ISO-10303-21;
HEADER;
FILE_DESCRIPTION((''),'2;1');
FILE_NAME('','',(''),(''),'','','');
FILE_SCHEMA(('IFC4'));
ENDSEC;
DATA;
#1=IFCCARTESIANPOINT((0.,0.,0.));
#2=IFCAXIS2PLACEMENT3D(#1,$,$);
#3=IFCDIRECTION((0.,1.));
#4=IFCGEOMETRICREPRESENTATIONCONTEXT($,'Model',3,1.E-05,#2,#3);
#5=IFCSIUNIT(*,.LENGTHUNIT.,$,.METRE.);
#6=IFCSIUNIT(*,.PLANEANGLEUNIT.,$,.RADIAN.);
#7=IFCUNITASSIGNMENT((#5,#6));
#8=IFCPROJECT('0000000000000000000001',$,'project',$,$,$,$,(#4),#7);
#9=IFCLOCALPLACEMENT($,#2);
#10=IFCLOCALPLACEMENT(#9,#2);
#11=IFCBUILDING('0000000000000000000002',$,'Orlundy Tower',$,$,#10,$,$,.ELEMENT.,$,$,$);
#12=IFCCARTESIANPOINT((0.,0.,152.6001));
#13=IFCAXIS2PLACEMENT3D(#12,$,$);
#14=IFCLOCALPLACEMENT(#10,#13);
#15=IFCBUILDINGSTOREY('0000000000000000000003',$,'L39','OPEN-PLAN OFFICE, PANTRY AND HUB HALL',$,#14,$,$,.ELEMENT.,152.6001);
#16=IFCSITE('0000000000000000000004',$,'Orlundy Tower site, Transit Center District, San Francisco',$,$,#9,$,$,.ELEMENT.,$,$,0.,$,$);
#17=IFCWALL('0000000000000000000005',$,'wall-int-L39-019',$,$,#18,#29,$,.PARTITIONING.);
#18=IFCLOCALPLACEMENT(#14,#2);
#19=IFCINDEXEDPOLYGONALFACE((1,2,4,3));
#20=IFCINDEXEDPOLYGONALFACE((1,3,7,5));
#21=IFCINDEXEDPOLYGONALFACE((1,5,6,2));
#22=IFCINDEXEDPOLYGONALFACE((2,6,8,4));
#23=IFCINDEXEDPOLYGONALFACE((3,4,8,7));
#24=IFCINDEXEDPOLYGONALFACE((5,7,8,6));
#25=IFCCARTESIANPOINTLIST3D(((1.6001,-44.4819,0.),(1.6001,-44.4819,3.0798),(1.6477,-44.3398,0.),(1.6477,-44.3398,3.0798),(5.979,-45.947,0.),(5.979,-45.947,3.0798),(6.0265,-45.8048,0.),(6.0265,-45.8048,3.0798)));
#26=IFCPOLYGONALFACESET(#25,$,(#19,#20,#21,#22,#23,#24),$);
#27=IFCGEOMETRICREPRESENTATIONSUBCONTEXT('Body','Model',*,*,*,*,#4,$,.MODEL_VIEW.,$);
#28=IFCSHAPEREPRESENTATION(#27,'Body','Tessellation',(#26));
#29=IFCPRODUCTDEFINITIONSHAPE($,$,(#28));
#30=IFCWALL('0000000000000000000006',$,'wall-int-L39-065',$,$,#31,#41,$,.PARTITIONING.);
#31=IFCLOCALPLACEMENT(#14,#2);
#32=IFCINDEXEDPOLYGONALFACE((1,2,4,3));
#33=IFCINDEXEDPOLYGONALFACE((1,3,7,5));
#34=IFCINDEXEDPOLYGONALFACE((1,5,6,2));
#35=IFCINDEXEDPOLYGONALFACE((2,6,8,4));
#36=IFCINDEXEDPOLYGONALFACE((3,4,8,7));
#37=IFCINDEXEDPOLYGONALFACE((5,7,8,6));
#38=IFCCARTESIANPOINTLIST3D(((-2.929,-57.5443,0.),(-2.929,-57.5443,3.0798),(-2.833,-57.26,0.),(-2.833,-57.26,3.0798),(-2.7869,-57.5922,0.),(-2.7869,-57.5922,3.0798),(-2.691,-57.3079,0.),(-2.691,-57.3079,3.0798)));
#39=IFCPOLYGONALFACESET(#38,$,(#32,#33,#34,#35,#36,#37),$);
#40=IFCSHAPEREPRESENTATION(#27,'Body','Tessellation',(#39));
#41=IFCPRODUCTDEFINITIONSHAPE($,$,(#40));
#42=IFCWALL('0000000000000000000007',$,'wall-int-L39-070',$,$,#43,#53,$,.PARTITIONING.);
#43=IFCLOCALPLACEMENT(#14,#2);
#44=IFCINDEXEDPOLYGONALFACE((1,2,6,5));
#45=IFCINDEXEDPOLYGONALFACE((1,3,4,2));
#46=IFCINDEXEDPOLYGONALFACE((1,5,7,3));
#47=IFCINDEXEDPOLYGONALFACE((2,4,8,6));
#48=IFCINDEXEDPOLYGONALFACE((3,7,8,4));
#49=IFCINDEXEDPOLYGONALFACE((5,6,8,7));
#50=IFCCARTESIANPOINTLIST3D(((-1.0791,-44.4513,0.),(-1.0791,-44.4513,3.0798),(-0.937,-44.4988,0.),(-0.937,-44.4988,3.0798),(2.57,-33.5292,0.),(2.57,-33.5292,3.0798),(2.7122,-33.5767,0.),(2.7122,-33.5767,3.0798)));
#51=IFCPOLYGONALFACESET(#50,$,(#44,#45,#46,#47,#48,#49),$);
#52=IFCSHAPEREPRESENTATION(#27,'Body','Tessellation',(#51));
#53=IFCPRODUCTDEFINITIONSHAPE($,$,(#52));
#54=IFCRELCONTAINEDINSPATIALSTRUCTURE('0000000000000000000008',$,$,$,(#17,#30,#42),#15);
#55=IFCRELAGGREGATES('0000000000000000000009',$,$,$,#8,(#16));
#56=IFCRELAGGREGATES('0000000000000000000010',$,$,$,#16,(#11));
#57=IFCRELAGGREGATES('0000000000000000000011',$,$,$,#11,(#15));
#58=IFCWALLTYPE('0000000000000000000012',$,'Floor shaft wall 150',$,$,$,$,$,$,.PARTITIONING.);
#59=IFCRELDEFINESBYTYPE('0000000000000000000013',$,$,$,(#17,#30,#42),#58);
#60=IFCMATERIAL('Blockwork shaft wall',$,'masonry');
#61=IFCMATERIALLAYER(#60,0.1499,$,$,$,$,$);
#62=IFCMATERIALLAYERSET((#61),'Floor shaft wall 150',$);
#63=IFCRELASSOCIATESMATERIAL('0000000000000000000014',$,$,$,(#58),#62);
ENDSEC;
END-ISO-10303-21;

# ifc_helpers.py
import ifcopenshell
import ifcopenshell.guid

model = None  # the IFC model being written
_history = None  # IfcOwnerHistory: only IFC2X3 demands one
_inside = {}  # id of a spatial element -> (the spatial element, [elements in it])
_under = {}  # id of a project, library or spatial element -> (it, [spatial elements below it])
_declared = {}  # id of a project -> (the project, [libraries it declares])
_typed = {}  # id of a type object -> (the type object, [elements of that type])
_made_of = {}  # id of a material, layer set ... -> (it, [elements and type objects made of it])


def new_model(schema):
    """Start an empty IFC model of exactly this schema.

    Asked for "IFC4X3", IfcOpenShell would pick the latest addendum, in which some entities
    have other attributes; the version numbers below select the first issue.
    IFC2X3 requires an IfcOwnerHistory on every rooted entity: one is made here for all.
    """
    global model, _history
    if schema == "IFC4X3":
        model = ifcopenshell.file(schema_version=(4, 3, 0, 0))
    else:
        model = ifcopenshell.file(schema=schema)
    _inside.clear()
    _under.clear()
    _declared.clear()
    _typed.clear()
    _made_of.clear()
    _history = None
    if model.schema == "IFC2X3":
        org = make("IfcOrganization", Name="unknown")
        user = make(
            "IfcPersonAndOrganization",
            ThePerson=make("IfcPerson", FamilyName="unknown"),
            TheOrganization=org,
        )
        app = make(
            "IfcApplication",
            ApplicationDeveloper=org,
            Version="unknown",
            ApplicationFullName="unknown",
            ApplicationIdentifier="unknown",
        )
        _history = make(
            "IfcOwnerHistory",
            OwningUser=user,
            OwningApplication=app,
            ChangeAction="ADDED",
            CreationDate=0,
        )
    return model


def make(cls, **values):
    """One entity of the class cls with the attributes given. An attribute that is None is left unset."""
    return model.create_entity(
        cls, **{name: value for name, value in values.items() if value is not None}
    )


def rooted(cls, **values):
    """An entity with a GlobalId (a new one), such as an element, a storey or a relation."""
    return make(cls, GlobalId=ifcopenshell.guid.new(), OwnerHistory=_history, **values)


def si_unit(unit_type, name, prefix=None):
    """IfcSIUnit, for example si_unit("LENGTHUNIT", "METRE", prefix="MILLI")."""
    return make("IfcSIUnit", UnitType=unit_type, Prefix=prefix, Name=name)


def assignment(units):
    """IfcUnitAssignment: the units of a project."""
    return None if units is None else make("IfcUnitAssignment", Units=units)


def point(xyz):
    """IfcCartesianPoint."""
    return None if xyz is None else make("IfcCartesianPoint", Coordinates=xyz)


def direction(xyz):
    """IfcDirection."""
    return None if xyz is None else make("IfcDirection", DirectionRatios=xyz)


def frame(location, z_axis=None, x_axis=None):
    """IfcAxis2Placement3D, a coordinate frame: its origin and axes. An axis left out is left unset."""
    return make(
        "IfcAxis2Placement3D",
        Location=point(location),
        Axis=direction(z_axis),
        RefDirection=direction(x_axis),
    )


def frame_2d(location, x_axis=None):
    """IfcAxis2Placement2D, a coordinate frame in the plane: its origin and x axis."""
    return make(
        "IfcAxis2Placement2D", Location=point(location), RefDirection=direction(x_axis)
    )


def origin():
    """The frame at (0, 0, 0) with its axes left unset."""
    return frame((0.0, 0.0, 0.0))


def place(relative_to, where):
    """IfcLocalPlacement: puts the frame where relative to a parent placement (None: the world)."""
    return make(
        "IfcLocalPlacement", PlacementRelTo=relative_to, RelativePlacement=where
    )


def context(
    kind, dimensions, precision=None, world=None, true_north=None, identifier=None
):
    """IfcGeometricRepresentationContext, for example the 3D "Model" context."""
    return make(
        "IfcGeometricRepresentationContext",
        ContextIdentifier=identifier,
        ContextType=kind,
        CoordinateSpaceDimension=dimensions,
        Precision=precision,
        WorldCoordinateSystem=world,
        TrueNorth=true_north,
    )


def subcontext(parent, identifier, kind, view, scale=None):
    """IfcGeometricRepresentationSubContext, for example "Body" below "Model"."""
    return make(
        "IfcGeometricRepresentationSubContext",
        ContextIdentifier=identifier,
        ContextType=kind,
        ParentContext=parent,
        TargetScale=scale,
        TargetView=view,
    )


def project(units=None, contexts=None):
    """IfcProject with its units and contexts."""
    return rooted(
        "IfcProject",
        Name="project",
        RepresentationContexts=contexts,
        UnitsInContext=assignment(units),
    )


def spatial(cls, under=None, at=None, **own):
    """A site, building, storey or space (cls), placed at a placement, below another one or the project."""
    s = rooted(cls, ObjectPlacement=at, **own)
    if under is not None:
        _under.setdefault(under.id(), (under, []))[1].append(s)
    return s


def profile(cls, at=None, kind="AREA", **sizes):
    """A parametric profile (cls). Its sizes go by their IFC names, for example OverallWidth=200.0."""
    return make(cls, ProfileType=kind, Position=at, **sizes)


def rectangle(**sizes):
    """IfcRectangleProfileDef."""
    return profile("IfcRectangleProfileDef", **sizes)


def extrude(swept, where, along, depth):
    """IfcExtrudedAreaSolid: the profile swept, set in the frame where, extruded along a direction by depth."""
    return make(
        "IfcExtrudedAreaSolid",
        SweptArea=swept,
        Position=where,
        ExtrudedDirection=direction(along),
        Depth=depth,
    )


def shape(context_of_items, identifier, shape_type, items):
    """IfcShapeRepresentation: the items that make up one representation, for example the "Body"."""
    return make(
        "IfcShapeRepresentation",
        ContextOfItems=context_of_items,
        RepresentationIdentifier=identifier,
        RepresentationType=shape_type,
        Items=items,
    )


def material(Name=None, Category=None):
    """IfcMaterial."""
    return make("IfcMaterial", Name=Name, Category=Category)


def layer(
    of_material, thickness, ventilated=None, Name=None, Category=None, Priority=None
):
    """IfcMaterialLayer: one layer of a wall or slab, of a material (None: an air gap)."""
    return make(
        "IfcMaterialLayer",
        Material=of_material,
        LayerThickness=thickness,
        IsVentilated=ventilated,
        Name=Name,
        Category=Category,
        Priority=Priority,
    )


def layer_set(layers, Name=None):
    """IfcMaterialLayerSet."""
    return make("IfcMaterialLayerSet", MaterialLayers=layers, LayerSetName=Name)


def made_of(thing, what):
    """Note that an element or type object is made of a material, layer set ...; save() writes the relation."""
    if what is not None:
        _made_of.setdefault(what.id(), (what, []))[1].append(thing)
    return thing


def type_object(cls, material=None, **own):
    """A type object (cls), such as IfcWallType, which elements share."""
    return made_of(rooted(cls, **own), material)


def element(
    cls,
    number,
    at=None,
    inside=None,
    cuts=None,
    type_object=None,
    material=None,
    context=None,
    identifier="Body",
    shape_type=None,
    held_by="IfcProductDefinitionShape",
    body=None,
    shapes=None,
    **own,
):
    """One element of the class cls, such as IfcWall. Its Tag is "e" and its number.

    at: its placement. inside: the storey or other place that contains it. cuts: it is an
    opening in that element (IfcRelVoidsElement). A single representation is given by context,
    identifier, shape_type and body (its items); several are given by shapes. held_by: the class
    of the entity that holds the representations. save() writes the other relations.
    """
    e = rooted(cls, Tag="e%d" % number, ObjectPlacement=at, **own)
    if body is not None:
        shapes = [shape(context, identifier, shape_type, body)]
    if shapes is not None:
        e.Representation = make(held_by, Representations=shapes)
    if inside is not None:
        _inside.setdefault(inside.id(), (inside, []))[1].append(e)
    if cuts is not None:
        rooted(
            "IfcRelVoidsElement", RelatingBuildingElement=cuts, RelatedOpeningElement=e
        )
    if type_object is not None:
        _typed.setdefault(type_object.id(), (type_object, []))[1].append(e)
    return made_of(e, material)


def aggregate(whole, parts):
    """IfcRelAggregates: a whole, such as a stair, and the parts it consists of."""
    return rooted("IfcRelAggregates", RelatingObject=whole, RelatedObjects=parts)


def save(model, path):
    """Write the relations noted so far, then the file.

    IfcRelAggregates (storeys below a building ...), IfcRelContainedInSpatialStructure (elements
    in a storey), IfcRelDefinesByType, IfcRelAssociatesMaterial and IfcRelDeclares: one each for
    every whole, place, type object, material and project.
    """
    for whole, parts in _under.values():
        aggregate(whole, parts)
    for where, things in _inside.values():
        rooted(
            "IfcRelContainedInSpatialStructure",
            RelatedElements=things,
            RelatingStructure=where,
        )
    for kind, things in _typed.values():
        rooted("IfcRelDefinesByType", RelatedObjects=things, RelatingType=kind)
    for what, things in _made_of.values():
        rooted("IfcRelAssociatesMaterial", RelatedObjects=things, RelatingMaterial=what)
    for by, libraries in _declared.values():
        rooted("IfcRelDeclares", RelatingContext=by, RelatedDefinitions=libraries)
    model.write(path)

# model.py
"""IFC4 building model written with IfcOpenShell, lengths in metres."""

from ifc_helpers import new_model, si_unit, direction, frame, frame_2d, origin, place, context, subcontext, project, spatial, rectangle, extrude, material, layer, layer_set, type_object, element, save


model = new_model("IFC4")

# Units and contexts
model_context = context("Model", 3, precision=1e-05, world=origin(), true_north=direction((0.0, 1.0)))
body_context = subcontext(model_context, "Body", "Model", "MODEL_VIEW")
ifc_project = project(units=[si_unit("LENGTHUNIT", "METRE"), si_unit("PLANEANGLEUNIT", "RADIAN")], contexts=[model_context])

# Site, building, storey
site_placement = place(None, origin())
site = spatial("IfcSite", under=ifc_project, at=site_placement, Name="Orlundy Tower site, Transit Center District, San Francisco", CompositionType="ELEMENT", RefElevation=0.0)
building_placement = place(site_placement, origin())
building = spatial("IfcBuilding", under=site, at=building_placement, Name="Orlundy Tower", CompositionType="ELEMENT")
storey_placement = place(building_placement, frame((0.0, 0.0, 152.6001)))
storey = spatial("IfcBuildingStorey", under=building, at=storey_placement, Name="L39", Description="OPEN-PLAN OFFICE, PANTRY AND HUB HALL", CompositionType="ELEMENT", Elevation=152.6001)

# Shared definitions
ifc_material_1 = material(Name="Blockwork shaft wall", Category="masonry")
ifc_layer_1 = layer(ifc_material_1, 0.1499)
ifc_layer_set_1 = layer_set([ifc_layer_1], Name="Floor shaft wall 150")
wall_type_1 = type_object("IfcWallType", Name="Floor shaft wall 150", PredefinedType="PARTITIONING", material=ifc_layer_set_1)

# Walls
wall_1_placement = place(storey_placement, frame((1.624, -44.4109, 0.0), z_axis=(0.0, 0.0, 1.0), x_axis=(0.948328, -0.31729, 0.0)))
element("IfcWall", 1, at=wall_1_placement, inside=storey, type_object=wall_type_1, Name="wall-int-L39-019", PredefinedType="PARTITIONING", context=body_context, shape_type="SweptSolid", body=[
    extrude(rectangle(XDim=4.6174, YDim=0.1499, at=frame_2d((2.3086, 0.0))), origin(), (0.0, 0.0, 1.0), 3.0798),
])
wall_2_placement = place(storey_placement, frame((-2.8579, -57.5681, 0.0), z_axis=(0.0, 0.0, 1.0), x_axis=(0.319888, 0.947455, 0.0)))
element("IfcWall", 2, at=wall_2_placement, inside=storey, type_object=wall_type_1, Name="wall-int-L39-065", PredefinedType="PARTITIONING", context=body_context, shape_type="SweptSolid", body=[
    extrude(rectangle(XDim=0.3, YDim=0.1499, at=frame_2d((0.1499, 0.0))), origin(), (0.0, 0.0, 1.0), 3.0798),
])
wall_3_placement = place(storey_placement, frame((-1.0081, -44.4751, 0.0), z_axis=(0.0, 0.0, 1.0), x_axis=(0.316889, 0.948463, 0.0)))
element("IfcWall", 3, at=wall_3_placement, inside=storey, type_object=wall_type_1, Name="wall-int-L39-070", PredefinedType="PARTITIONING", context=body_context, shape_type="SweptSolid", body=[
    extrude(rectangle(XDim=11.5156, YDim=0.1499, at=frame_2d((5.7578, 0.0))), origin(), (0.0, 0.0, 1.0), 3.0798),
])

save(model, "model.ifc")
